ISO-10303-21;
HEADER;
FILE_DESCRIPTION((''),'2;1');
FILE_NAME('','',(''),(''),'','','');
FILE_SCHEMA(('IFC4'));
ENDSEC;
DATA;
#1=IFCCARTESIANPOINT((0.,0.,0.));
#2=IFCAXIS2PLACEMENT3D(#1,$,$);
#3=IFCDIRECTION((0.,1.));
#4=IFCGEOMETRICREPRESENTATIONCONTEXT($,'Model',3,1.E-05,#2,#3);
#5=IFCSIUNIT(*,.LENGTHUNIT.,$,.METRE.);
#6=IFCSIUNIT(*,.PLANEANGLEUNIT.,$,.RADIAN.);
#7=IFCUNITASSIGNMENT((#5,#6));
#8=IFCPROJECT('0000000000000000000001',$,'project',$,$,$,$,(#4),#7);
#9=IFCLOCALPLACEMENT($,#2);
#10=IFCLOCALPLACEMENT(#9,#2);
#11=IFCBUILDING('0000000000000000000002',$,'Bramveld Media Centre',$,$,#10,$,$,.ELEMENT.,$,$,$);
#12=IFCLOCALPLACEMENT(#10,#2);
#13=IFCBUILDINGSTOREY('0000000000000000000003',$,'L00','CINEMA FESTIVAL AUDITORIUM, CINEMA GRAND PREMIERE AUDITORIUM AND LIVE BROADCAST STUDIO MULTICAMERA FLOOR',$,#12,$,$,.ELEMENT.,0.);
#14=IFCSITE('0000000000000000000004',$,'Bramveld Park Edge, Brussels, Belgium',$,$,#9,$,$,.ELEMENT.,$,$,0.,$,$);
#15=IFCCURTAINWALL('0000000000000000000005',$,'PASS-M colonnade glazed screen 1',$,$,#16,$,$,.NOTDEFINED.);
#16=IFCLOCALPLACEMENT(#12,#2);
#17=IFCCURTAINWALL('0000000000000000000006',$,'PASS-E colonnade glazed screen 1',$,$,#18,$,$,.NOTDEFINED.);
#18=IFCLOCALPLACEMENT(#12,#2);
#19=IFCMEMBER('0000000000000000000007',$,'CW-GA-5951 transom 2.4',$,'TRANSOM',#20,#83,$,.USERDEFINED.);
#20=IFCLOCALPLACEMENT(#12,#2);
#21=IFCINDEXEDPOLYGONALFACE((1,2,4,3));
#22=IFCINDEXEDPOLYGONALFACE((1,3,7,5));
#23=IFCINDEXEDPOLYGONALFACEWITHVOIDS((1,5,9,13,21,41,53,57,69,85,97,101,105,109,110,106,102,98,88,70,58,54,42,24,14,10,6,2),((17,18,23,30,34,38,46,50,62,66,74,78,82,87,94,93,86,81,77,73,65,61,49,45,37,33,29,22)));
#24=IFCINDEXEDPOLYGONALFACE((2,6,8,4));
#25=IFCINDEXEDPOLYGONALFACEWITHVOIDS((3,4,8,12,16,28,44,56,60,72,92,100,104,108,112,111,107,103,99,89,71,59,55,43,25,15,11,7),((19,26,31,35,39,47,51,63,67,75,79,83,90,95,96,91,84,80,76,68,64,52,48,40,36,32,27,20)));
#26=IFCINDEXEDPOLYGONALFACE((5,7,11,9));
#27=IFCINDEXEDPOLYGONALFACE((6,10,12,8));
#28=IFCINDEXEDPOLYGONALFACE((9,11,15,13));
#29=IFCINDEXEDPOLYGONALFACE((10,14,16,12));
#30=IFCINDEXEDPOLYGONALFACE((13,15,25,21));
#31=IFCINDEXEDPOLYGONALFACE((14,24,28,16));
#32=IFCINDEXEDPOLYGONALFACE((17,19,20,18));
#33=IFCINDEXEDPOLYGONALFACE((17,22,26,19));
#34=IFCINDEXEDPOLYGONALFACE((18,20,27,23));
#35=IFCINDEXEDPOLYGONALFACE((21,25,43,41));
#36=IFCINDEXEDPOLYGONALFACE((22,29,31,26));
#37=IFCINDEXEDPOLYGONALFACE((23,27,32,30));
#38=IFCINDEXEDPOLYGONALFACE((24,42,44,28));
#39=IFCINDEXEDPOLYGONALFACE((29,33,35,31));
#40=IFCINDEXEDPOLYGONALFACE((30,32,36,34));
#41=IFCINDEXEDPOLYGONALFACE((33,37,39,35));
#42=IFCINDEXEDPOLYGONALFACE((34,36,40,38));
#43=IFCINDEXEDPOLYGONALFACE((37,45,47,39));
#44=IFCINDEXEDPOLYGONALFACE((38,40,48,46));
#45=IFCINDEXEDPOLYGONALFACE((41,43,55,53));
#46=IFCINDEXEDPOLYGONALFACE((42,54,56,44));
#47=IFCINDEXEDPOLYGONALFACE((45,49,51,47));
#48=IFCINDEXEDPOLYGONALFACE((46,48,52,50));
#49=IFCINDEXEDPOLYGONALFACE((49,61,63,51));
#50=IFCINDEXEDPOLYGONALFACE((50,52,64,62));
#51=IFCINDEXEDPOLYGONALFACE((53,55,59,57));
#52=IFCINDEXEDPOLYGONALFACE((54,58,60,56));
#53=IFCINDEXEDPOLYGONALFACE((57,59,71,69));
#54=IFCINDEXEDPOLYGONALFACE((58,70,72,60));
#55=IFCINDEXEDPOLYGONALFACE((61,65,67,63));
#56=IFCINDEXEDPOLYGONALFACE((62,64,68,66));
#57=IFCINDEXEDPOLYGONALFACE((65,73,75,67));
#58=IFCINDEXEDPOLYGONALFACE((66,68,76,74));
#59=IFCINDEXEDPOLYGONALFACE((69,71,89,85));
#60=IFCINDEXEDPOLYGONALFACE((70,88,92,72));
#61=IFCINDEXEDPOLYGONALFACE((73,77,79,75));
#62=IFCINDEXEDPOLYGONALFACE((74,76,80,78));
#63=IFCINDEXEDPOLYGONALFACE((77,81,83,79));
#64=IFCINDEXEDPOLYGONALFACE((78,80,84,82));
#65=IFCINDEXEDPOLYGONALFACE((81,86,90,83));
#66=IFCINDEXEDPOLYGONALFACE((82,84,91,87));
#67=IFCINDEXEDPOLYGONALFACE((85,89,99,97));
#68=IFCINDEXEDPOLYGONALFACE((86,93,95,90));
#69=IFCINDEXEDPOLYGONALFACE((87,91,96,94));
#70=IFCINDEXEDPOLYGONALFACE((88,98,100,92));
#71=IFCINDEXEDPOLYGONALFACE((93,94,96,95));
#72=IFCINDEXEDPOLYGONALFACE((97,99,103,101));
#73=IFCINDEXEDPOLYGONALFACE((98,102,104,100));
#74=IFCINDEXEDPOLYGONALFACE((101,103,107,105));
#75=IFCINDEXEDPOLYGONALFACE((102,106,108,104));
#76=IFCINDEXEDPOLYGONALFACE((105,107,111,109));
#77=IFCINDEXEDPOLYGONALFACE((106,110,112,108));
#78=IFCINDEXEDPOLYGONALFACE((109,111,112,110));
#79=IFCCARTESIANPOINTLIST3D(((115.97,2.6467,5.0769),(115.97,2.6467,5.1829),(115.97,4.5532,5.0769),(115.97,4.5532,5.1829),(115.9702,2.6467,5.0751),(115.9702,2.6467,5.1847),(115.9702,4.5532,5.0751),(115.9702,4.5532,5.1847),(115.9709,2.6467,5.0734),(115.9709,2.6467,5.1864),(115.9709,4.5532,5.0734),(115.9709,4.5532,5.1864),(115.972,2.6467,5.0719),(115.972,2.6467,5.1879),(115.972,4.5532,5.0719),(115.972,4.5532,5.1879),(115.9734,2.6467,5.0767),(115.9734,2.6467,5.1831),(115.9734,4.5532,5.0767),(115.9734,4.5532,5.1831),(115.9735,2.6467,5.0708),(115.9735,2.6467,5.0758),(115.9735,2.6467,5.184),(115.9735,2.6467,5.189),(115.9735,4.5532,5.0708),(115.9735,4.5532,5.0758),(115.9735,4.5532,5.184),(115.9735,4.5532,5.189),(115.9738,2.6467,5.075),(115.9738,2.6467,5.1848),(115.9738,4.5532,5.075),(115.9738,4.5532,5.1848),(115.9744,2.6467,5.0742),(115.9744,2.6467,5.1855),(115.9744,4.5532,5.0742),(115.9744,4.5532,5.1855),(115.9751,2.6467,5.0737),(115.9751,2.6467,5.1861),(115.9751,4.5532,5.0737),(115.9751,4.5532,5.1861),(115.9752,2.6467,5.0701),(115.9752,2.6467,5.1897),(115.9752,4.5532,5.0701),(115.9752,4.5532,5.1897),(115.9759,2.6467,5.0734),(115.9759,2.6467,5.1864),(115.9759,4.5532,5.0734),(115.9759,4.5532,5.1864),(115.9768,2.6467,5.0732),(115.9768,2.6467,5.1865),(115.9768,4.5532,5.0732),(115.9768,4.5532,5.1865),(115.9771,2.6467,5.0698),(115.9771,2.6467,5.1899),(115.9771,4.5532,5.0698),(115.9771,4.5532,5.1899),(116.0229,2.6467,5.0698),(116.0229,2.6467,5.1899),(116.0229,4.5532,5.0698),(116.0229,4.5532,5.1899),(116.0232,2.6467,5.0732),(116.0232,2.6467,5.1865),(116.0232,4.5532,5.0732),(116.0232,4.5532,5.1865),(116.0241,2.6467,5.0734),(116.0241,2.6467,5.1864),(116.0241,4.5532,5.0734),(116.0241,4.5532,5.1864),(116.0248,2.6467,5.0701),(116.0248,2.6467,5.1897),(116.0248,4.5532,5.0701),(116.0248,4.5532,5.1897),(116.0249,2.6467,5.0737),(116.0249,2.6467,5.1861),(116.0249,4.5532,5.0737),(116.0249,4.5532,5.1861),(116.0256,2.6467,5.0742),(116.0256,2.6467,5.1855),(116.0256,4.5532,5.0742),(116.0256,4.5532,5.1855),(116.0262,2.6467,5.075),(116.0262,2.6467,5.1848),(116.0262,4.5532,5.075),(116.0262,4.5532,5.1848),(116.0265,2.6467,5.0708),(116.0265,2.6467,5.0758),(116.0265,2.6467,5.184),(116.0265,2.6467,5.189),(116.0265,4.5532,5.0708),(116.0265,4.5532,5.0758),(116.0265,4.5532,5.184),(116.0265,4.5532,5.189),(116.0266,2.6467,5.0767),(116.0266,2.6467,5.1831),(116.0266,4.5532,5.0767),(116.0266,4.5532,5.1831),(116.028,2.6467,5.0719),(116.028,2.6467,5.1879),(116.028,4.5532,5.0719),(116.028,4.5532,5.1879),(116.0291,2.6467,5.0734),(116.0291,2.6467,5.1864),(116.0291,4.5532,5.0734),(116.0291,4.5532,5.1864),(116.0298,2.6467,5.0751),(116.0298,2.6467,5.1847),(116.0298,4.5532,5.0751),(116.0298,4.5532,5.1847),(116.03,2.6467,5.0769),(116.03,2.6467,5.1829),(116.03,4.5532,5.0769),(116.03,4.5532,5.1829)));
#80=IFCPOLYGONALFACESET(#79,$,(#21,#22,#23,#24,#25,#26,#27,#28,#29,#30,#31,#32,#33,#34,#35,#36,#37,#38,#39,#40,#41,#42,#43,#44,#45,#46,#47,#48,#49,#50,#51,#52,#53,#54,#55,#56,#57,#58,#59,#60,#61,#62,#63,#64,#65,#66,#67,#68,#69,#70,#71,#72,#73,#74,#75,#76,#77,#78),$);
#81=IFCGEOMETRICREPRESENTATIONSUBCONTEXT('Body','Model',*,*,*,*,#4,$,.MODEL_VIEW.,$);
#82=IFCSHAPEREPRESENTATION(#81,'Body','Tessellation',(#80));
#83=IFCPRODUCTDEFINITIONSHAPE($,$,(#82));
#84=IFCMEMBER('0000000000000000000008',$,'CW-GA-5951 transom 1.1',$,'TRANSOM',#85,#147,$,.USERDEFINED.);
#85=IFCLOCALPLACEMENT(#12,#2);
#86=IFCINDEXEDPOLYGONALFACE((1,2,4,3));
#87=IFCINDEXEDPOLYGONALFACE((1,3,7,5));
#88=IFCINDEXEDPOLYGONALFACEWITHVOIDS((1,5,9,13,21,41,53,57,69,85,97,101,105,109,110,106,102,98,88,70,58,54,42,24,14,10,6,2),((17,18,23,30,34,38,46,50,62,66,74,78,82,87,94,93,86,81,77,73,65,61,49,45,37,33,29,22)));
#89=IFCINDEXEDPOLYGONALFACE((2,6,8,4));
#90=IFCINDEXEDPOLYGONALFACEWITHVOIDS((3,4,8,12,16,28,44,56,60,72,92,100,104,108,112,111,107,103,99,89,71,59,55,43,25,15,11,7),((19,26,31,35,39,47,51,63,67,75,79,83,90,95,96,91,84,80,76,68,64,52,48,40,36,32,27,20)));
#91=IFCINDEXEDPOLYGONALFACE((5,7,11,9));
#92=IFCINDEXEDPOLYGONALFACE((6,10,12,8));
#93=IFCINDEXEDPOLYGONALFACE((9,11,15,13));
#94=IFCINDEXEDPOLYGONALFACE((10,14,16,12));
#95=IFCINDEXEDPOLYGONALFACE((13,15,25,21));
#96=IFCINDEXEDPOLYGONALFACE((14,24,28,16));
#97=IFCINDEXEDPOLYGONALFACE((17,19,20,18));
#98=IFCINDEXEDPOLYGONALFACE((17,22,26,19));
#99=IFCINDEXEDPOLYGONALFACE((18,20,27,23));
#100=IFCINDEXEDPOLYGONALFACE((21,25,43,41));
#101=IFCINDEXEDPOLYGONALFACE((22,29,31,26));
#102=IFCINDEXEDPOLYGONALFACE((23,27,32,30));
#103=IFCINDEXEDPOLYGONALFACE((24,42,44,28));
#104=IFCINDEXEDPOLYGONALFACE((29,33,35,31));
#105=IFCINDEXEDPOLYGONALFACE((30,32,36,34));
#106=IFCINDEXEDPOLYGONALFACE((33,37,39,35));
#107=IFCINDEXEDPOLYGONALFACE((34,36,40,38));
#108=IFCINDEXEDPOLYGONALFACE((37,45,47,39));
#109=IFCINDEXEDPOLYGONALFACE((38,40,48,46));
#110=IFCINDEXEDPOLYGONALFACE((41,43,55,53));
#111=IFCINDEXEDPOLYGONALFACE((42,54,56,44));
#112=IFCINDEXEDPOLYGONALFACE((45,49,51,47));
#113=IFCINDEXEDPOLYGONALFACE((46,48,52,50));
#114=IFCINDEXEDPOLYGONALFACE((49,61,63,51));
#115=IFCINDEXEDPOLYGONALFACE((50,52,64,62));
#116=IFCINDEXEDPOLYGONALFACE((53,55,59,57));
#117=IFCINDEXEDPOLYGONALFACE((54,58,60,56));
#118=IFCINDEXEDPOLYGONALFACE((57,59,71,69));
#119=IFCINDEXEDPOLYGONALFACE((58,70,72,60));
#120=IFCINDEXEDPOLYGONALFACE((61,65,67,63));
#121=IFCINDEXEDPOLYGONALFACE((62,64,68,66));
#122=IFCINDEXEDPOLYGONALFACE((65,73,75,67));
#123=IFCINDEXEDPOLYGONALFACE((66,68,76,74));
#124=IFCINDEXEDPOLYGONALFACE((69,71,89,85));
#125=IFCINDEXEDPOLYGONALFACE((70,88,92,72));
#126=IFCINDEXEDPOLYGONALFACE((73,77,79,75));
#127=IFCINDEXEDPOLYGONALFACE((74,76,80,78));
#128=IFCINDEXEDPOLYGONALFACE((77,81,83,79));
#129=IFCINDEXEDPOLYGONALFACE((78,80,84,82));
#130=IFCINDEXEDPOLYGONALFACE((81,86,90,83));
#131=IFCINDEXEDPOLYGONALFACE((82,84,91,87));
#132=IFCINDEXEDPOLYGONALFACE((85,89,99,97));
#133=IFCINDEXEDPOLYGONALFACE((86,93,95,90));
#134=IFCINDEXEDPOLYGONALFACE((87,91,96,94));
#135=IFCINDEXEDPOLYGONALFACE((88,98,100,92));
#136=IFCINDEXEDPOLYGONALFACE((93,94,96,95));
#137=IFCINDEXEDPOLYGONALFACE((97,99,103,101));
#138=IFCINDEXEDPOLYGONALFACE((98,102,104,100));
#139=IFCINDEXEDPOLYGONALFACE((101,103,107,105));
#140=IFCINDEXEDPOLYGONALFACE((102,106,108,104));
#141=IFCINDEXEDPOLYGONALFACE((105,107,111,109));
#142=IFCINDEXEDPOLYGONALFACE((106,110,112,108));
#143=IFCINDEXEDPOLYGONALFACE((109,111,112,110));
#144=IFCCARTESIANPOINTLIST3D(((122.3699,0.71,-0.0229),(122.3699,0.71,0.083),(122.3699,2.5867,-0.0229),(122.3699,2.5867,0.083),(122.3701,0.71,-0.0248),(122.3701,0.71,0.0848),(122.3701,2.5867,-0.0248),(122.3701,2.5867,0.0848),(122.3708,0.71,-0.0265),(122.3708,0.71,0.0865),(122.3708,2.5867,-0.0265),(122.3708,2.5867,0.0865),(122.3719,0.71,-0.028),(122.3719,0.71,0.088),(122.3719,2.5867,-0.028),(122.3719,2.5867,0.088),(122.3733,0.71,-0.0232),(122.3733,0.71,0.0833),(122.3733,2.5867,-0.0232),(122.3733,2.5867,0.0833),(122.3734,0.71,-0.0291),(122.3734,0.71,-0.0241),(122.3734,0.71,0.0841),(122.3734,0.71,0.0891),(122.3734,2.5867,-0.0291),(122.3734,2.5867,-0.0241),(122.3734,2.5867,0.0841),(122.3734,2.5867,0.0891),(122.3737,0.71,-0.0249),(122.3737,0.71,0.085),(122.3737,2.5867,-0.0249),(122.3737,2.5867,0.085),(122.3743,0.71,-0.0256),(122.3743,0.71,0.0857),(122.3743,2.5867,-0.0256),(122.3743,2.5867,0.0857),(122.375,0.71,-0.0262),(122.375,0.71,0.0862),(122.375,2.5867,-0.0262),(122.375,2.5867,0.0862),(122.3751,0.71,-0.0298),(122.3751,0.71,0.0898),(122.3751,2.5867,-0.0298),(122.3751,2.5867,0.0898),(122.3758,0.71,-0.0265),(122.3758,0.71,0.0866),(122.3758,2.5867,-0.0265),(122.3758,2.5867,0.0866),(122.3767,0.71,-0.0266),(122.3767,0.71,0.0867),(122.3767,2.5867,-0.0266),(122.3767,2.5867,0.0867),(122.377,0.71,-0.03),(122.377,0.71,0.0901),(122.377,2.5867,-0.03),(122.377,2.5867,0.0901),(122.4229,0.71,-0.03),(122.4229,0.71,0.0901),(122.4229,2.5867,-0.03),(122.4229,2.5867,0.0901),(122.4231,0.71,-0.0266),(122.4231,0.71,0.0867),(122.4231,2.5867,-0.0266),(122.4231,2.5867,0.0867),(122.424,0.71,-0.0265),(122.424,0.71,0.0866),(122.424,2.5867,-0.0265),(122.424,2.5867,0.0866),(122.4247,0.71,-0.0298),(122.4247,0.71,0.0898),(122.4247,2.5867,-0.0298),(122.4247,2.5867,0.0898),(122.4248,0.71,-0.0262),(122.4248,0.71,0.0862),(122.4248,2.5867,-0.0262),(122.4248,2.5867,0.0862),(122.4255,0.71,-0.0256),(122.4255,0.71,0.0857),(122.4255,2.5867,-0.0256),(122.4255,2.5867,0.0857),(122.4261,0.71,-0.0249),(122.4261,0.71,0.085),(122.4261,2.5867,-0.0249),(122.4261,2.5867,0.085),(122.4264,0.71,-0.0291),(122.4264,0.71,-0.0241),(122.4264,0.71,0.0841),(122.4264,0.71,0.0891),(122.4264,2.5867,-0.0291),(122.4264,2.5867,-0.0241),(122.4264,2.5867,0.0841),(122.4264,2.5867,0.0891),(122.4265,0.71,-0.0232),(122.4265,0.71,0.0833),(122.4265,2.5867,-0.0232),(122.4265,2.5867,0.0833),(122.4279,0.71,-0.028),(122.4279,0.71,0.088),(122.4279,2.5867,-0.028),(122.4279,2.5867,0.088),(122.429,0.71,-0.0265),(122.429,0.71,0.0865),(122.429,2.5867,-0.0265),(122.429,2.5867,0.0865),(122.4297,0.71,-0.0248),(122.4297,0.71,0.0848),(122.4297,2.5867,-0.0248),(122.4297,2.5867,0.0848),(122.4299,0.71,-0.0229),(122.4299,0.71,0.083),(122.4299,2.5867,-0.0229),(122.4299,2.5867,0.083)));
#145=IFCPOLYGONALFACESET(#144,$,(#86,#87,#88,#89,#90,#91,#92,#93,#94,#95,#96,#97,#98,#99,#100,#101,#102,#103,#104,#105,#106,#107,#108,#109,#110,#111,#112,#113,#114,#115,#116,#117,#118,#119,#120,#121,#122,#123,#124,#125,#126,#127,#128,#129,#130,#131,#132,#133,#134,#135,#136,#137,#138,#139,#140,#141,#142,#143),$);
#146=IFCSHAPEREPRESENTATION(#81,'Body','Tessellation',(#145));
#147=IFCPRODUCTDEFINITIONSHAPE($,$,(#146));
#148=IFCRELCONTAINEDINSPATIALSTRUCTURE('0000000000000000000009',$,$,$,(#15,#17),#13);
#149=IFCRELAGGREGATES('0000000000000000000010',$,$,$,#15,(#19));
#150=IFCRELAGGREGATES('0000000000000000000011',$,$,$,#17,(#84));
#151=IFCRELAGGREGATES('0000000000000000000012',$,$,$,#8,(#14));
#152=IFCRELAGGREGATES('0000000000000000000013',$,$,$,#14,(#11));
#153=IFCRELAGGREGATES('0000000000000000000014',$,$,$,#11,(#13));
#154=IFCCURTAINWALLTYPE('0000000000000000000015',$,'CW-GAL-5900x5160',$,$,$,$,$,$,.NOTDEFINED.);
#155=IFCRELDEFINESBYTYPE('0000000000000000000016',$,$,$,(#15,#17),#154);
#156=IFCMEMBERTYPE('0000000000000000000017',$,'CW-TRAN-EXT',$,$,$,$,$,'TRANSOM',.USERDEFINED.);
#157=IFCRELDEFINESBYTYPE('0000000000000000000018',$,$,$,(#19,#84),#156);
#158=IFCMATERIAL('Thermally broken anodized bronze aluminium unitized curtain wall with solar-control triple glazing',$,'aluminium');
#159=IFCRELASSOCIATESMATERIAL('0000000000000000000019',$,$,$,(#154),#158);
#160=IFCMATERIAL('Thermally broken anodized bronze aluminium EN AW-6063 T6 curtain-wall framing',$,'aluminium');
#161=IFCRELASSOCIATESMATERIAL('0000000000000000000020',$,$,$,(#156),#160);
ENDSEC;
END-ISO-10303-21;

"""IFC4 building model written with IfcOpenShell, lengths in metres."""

from ifc_helpers import new_model, si_unit, direction, frame, origin, origin_2d, place, context, subcontext, project, spatial, hollow_rectangle, extrude, material, material_profile, profile_set, type_object, element, aggregate, save


model = new_model("IFC4")

# Units and contexts
model_context = context("Model", 3, precision=1e-05, world=origin(), true_north=direction((0.0, 1.0)))
body_context = subcontext(model_context, "Body", "Model", "MODEL_VIEW")
ifc_project = project(units=[si_unit("LENGTHUNIT", "METRE"), si_unit("PLANEANGLEUNIT", "RADIAN")], contexts=[model_context])

# Site, building, storey
site_placement = place(None, origin())
site = spatial("IfcSite", under=ifc_project, at=site_placement, Name="Bramveld Park Edge, Brussels, Belgium", CompositionType="ELEMENT", RefElevation=0.0)
building_placement = place(site_placement, origin())
building = spatial("IfcBuilding", under=site, at=building_placement, Name="Bramveld Media Centre", CompositionType="ELEMENT")
storey_placement = place(building_placement, origin())
storey = spatial("IfcBuildingStorey", under=building, at=storey_placement, Name="L00", Description="CINEMA FESTIVAL AUDITORIUM, CINEMA GRAND PREMIERE AUDITORIUM AND LIVE BROADCAST STUDIO MULTICAMERA FLOOR", CompositionType="ELEMENT", Elevation=0.0)

# Curtain wall
ifc_material_1 = material(Name="Thermally broken anodized bronze aluminium unitized curtain wall with solar-control triple glazing", Category="aluminium")
curtain_wall_type = type_object("IfcCurtainWallType", Name="CW-GAL-5900x5160", PredefinedType="NOTDEFINED", material=ifc_material_1)
curtain_wall_1_placement = place(storey_placement, origin())
curtain_wall_1 = element("IfcCurtainWall", 1, at=curtain_wall_1_placement, inside=storey, type_object=curtain_wall_type, Name="PASS-M colonnade glazed screen 1", PredefinedType="NOTDEFINED")

# Curtain wall
curtain_wall_2_placement = place(storey_placement, origin())
curtain_wall_2 = element("IfcCurtainWall", 2, at=curtain_wall_2_placement, inside=storey, type_object=curtain_wall_type, Name="PASS-E colonnade glazed screen 1", PredefinedType="NOTDEFINED")

# Members
ifc_material_2 = material(Name="Thermally broken anodized bronze aluminium EN AW-6063 T6 curtain-wall framing", Category="aluminium")
ifc_material_profile_1 = material_profile(ifc_material_2, hollow_rectangle(XDim=0.0601, YDim=0.1201, WallThickness=0.0034, InnerFilletRadius=0.0034, OuterFilletRadius=0.0071, at=origin_2d()), Name="AL-TRAN 60x120")
ifc_profile_set_1 = profile_set([ifc_material_profile_1], Name="Thermally broken anodized bronze aluminium EN AW-6063 T6 curtain-wall framing")
member_type_1 = type_object("IfcMemberType", Name="CW-TRAN-EXT", ElementType="TRANSOM", PredefinedType="USERDEFINED", material=ifc_profile_set_1)
member_1_placement = place(storey_placement, frame((116.0, 2.6467, 5.1299), z_axis=(0.0, 1.0, 0.0), x_axis=(-1.0, 0.0, 0.0)))
member_1 = element("IfcMember", 3, at=member_1_placement, type_object=member_type_1, Name="CW-GA-5951 transom 2.4", ObjectType="TRANSOM", PredefinedType="USERDEFINED", context=body_context, shape_type="SweptSolid", body=[
    extrude(hollow_rectangle(XDim=0.0601, YDim=0.1201, WallThickness=0.0034, InnerFilletRadius=0.0034, OuterFilletRadius=0.0071, at=origin_2d()), origin(), (0.0, 0.0, 1.0), 1.9065),
])
member_2_placement = place(storey_placement, frame((122.3999, 0.71, 0.03), z_axis=(0.0, 1.0, 0.0), x_axis=(-1.0, 0.0, 0.0)))
member_2 = element("IfcMember", 4, at=member_2_placement, type_object=member_type_1, Name="CW-GA-5951 transom 1.1", ObjectType="TRANSOM", PredefinedType="USERDEFINED", context=body_context, shape_type="SweptSolid", body=[
    extrude(hollow_rectangle(XDim=0.0601, YDim=0.1201, WallThickness=0.0034, InnerFilletRadius=0.0034, OuterFilletRadius=0.0071, at=origin_2d()), origin(), (0.0, 0.0, 1.0), 1.8767),
])

aggregate(curtain_wall_1, [member_1])
aggregate(curtain_wall_2, [member_2])

save(model, "model.ifc")
